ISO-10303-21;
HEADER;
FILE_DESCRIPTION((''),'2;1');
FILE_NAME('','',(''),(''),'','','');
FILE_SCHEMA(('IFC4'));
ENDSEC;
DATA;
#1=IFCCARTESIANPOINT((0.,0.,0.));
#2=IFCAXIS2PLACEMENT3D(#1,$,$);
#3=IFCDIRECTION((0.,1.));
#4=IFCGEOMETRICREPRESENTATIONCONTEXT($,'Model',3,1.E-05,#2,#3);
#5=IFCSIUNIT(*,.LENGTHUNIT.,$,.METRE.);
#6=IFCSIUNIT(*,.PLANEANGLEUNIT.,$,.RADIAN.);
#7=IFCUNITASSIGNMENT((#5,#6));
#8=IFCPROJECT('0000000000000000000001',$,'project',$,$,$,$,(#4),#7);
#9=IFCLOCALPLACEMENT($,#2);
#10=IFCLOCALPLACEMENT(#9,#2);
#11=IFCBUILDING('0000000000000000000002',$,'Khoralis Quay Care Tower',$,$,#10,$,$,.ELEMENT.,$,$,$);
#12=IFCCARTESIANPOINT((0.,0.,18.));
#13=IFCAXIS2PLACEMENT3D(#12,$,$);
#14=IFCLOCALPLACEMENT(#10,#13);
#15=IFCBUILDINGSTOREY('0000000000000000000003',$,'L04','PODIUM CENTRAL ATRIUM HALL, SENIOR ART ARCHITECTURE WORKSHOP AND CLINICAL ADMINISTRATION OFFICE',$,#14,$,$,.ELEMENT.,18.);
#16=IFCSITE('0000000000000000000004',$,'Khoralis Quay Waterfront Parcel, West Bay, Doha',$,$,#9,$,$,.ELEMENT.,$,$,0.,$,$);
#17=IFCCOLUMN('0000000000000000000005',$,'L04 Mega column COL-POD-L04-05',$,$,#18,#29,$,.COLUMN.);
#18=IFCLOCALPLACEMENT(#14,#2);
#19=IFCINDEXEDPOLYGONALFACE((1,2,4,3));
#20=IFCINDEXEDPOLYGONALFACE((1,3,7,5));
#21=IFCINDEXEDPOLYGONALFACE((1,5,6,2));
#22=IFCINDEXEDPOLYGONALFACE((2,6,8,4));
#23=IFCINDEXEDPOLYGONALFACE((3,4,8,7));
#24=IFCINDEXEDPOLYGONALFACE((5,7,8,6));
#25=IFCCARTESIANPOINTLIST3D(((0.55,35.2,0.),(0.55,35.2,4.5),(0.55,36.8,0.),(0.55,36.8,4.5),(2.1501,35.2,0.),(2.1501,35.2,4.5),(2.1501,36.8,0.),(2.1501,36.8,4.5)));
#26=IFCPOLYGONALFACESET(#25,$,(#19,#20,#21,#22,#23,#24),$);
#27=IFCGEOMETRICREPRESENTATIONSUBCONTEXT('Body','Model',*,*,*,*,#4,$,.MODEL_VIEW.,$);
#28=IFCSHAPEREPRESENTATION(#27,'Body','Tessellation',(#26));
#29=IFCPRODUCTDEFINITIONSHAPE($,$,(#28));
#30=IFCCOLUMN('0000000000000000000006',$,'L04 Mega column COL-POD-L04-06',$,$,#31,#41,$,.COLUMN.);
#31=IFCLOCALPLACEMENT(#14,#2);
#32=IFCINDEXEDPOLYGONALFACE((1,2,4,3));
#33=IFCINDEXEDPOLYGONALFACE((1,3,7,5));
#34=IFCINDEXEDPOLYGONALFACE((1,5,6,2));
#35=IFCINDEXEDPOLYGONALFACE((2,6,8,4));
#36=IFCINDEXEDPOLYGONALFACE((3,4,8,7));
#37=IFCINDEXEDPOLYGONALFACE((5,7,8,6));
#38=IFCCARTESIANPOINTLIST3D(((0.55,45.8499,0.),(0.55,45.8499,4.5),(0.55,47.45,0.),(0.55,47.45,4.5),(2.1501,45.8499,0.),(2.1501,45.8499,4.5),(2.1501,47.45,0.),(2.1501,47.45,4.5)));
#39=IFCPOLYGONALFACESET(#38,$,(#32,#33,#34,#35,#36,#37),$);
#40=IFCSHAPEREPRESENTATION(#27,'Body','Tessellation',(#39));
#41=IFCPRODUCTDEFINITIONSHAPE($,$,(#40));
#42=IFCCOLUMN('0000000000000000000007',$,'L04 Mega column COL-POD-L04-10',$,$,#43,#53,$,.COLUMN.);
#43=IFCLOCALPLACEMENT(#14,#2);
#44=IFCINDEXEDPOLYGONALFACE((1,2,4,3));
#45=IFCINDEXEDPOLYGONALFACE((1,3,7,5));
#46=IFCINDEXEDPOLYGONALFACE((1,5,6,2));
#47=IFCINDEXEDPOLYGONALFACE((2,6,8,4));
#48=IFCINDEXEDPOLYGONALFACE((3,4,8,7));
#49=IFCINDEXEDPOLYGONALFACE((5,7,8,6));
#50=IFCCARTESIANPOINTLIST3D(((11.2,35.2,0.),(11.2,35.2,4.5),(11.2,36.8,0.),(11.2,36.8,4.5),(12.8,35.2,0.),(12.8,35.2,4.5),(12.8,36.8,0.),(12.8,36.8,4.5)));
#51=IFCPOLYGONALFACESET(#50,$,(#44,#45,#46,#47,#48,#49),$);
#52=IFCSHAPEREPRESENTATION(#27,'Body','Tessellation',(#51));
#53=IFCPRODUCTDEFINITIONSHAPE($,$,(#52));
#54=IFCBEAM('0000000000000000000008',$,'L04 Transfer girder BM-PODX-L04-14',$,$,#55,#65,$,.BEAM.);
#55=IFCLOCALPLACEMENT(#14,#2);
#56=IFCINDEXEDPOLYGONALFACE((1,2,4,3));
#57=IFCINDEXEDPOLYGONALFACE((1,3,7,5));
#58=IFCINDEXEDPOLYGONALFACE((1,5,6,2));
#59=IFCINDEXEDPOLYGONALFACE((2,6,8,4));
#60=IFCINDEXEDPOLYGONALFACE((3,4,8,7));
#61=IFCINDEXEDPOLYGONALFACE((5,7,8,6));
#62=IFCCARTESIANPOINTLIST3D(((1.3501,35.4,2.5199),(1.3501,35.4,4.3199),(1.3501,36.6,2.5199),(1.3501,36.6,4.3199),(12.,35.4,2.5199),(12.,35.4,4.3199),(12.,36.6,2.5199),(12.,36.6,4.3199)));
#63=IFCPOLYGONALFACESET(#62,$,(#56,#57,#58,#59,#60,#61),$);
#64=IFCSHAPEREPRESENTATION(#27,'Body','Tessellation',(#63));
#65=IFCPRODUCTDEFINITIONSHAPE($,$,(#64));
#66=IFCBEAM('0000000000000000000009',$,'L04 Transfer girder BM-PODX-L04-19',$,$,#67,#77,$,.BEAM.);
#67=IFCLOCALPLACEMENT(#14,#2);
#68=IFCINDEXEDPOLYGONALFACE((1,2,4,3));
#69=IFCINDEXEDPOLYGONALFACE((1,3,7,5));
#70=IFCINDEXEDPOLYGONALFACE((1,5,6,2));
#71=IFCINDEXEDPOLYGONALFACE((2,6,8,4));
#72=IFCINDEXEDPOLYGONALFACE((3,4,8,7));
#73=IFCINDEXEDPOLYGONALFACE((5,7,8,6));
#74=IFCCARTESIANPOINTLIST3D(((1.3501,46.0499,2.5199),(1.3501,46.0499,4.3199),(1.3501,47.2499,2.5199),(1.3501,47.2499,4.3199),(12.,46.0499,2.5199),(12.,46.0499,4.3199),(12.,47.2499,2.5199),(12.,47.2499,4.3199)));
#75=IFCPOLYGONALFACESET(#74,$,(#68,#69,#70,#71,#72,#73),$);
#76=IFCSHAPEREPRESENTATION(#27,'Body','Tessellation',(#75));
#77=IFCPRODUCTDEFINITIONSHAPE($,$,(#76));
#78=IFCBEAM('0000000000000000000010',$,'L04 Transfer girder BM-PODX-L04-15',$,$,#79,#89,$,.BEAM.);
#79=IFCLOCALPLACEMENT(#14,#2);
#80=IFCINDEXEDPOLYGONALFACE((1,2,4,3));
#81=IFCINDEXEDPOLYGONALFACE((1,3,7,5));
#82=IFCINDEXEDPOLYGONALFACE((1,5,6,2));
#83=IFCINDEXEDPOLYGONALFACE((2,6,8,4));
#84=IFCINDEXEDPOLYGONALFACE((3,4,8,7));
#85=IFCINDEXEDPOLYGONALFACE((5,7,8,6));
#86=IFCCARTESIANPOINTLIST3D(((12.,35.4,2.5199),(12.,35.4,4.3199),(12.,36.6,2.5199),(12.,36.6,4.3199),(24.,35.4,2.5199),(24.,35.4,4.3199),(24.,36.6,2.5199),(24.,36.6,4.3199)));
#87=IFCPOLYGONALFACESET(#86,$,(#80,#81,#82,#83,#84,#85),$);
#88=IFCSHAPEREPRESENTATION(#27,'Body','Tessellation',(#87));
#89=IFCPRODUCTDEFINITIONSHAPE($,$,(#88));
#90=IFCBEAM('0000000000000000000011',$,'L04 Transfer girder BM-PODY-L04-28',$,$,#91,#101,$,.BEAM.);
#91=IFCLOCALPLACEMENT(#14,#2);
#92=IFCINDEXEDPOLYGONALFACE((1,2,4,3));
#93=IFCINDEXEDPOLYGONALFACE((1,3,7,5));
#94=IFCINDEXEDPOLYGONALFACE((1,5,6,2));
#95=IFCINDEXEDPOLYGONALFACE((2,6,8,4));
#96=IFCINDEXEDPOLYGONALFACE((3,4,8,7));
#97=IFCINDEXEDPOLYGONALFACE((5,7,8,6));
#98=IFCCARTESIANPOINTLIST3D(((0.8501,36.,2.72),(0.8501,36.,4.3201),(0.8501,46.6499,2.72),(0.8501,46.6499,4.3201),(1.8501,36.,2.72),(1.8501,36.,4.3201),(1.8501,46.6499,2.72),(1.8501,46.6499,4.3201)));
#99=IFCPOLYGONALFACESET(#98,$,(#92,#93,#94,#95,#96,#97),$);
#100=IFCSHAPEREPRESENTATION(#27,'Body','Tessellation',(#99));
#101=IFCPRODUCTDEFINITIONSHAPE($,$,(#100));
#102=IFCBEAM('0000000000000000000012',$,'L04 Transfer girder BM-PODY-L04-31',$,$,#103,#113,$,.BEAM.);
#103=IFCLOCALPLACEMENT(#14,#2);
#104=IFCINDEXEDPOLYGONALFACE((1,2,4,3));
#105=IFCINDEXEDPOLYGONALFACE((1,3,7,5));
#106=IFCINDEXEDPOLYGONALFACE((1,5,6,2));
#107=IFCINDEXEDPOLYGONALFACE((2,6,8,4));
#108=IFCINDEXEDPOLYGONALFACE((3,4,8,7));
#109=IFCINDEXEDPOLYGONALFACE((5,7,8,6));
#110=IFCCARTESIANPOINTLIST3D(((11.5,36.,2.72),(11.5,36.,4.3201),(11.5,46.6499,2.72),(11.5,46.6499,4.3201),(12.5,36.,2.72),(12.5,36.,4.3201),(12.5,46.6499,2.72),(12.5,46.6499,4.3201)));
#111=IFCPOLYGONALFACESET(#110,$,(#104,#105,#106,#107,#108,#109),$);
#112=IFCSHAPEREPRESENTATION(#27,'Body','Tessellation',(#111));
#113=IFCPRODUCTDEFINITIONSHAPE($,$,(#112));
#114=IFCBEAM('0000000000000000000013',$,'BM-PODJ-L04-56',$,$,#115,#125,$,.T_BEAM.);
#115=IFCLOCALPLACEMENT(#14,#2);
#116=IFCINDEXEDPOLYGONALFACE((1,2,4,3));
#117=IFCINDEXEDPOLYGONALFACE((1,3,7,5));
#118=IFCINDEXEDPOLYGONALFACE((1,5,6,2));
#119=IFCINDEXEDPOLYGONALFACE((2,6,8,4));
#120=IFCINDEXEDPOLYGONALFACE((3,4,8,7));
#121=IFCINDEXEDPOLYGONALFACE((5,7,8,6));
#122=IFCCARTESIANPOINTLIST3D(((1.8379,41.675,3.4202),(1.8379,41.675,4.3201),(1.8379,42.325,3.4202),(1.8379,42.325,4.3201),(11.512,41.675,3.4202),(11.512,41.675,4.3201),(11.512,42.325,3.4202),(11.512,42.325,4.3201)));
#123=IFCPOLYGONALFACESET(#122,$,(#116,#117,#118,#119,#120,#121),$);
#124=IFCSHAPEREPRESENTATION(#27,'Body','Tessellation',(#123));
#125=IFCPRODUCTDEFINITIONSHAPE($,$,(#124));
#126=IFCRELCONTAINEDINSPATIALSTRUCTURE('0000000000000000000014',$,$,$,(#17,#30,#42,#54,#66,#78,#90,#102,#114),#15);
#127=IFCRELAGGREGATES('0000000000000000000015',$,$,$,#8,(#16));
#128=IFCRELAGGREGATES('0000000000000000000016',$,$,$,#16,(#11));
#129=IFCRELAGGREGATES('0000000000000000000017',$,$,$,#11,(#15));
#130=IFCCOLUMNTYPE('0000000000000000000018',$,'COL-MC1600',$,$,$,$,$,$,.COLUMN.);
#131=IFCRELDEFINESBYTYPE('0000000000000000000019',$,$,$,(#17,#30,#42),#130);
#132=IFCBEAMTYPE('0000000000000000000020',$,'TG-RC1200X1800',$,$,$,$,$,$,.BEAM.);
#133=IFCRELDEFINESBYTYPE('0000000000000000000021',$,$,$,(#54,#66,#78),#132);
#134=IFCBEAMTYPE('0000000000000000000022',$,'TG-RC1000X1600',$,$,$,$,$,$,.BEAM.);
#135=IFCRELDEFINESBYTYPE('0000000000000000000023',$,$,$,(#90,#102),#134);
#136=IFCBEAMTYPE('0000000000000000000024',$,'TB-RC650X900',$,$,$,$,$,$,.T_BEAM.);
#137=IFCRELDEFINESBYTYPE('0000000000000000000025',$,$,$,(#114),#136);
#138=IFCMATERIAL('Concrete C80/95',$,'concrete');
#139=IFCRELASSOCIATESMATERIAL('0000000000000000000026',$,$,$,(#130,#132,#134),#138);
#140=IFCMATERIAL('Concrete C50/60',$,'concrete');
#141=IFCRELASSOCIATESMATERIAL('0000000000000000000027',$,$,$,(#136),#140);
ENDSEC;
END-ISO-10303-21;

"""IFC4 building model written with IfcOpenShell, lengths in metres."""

from ifc_helpers import new_model, si_unit, direction, frame, origin, origin_2d, place, context, subcontext, project, spatial, rectangle, extrude, source, transform, mapped, material, material_profile, profile_set, type_object, element, save


model = new_model("IFC4")

# Units and contexts
model_context = context("Model", 3, precision=1e-05, world=origin(), true_north=direction((0.0, 1.0)))
body_context = subcontext(model_context, "Body", "Model", "MODEL_VIEW")
ifc_project = project(units=[si_unit("LENGTHUNIT", "METRE"), si_unit("PLANEANGLEUNIT", "RADIAN")], contexts=[model_context])

# Site, building, storey
site_placement = place(None, origin())
site = spatial("IfcSite", under=ifc_project, at=site_placement, Name="Khoralis Quay Waterfront Parcel, West Bay, Doha", CompositionType="ELEMENT", RefElevation=0.0)
building_placement = place(site_placement, origin())
building = spatial("IfcBuilding", under=site, at=building_placement, Name="Khoralis Quay Care Tower", CompositionType="ELEMENT")
storey_placement = place(building_placement, frame((0.0, 0.0, 18.0)))
storey = spatial("IfcBuildingStorey", under=building, at=storey_placement, Name="L04", Description="PODIUM CENTRAL ATRIUM HALL, SENIOR ART ARCHITECTURE WORKSHOP AND CLINICAL ADMINISTRATION OFFICE", CompositionType="ELEMENT", Elevation=18.0)

# Columns
ifc_material_1 = material(Name="Concrete C80/95", Category="concrete")
ifc_material_profile_1 = material_profile(ifc_material_1, rectangle(XDim=1.6001, YDim=1.6001, at=origin_2d()), Name="Concrete C80/95")
ifc_profile_set_1 = profile_set([ifc_material_profile_1], Name="Concrete C80/95")
column_type = type_object("IfcColumnType", Name="COL-MC1600", PredefinedType="COLUMN", material=ifc_profile_set_1)
shared_shape_1 = source(origin(), body_context, "Body", "SweptSolid", [
    extrude(rectangle(XDim=1.6001, YDim=1.6001, at=origin_2d()), origin(), (0.0, 0.0, 1.0), 4.5),
])
for number, where, z_axis, x_axis, name in (
    (1, (1.3501, 36.0, 0.0), (0.0, 0.0, 1.0), (1.0, 0.0, 0.0), "L04 Mega column COL-POD-L04-05"),
    (2, (1.3501, 46.6499, 0.0), (0.0, 0.0, 1.0), (1.0, 0.0, 0.0), "L04 Mega column COL-POD-L04-06"),
    (3, (12.0, 36.0, 0.0), (0.0, 0.0, 1.0), (1.0, 0.0, 0.0), "L04 Mega column COL-POD-L04-10"),
):
    element("IfcColumn", number, at=place(storey_placement, frame(where, z_axis=z_axis, x_axis=x_axis)), inside=storey, type_object=column_type, Name=name, PredefinedType="COLUMN", context=body_context, shape_type="MappedRepresentation", body=[
        mapped(shared_shape_1, transform((0.0, 0.0, 0.0), scale=1.0)),
    ])

# Beams
ifc_material_profile_2 = material_profile(ifc_material_1, rectangle(XDim=1.2, YDim=1.8, at=origin_2d()), Name="Concrete C80/95")
ifc_profile_set_2 = profile_set([ifc_material_profile_2], Name="Concrete C80/95")
beam_type_1 = type_object("IfcBeamType", Name="TG-RC1200X1800", PredefinedType="BEAM", material=ifc_profile_set_2)
shared_shape_2 = source(origin(), body_context, "Body", "SweptSolid", [
    extrude(rectangle(XDim=1.2, YDim=1.8, at=origin_2d()), origin(), (0.0, 0.0, 1.0), 10.6499),
])
for number, where, z_axis, x_axis, name in (
    (4, (1.3501, 36.0, 3.4199), (1.0, 0.0, 0.0), (0.0, 1.0, 0.0), "L04 Transfer girder BM-PODX-L04-14"),
    (5, (1.3501, 46.6499, 3.4199), (1.0, 0.0, 0.0), (0.0, 1.0, 0.0), "L04 Transfer girder BM-PODX-L04-19"),
):
    element("IfcBeam", number, at=place(storey_placement, frame(where, z_axis=z_axis, x_axis=x_axis)), inside=storey, type_object=beam_type_1, Name=name, PredefinedType="BEAM", context=body_context, shape_type="MappedRepresentation", body=[
        mapped(shared_shape_2, transform((0.0, 0.0, 0.0), scale=1.0)),
    ])
shared_shape_3 = source(origin(), body_context, "Body", "SweptSolid", [
    extrude(rectangle(XDim=1.2, YDim=1.8, at=origin_2d()), origin(), (0.0, 0.0, 1.0), 12.0),
])
beam_1_placement = place(storey_placement, frame((12.0, 36.0, 3.4199), z_axis=(1.0, 0.0, 0.0), x_axis=(0.0, 1.0, 0.0)))
element("IfcBeam", 6, at=beam_1_placement, inside=storey, type_object=beam_type_1, Name="L04 Transfer girder BM-PODX-L04-15", PredefinedType="BEAM", context=body_context, shape_type="MappedRepresentation", body=[
    mapped(shared_shape_3, transform((0.0, 0.0, 0.0), scale=1.0)),
])
ifc_material_profile_3 = material_profile(ifc_material_1, rectangle(XDim=1.0, YDim=1.6001, at=origin_2d()), Name="Concrete C80/95")
ifc_profile_set_3 = profile_set([ifc_material_profile_3], Name="Concrete C80/95")
beam_type_2 = type_object("IfcBeamType", Name="TG-RC1000X1600", PredefinedType="BEAM", material=ifc_profile_set_3)
shared_shape_4 = source(origin(), body_context, "Body", "SweptSolid", [
    extrude(rectangle(XDim=1.0, YDim=1.6001, at=origin_2d()), origin(), (0.0, 0.0, 1.0), 10.6499),
])
for number, where, z_axis, x_axis, name in (
    (7, (1.3501, 36.0, 3.52), (0.0, 1.0, 0.0), (-1.0, 0.0, 0.0), "L04 Transfer girder BM-PODY-L04-28"),
    (8, (12.0, 36.0, 3.52), (0.0, 1.0, 0.0), (-1.0, 0.0, 0.0), "L04 Transfer girder BM-PODY-L04-31"),
):
    element("IfcBeam", number, at=place(storey_placement, frame(where, z_axis=z_axis, x_axis=x_axis)), inside=storey, type_object=beam_type_2, Name=name, PredefinedType="BEAM", context=body_context, shape_type="MappedRepresentation", body=[
        mapped(shared_shape_4, transform((0.0, 0.0, 0.0), scale=1.0)),
    ])
ifc_material_2 = material(Name="Concrete C50/60", Category="concrete")
ifc_material_profile_4 = material_profile(ifc_material_2, rectangle(XDim=0.6499, YDim=0.8999, at=origin_2d()), Name="Concrete C50/60")
ifc_profile_set_4 = profile_set([ifc_material_profile_4], Name="Concrete C50/60")
beam_type_3 = type_object("IfcBeamType", Name="TB-RC650X900", PredefinedType="T_BEAM", material=ifc_profile_set_4)
shared_shape_5 = source(origin(), body_context, "Body", "SweptSolid", [
    extrude(rectangle(XDim=0.6499, YDim=0.8999, at=origin_2d()), origin(), (0.0, 0.0, 1.0), 9.6741),
])
beam_2_placement = place(storey_placement, frame((1.8379, 42.0, 3.8701), z_axis=(1.0, 0.0, 0.0), x_axis=(0.0, 1.0, 0.0)))
element("IfcBeam", 9, at=beam_2_placement, inside=storey, type_object=beam_type_3, Name="BM-PODJ-L04-56", PredefinedType="T_BEAM", context=body_context, shape_type="MappedRepresentation", body=[
    mapped(shared_shape_5, transform((0.0, 0.0, 0.0), scale=1.0)),
])

save(model, "model.ifc")
